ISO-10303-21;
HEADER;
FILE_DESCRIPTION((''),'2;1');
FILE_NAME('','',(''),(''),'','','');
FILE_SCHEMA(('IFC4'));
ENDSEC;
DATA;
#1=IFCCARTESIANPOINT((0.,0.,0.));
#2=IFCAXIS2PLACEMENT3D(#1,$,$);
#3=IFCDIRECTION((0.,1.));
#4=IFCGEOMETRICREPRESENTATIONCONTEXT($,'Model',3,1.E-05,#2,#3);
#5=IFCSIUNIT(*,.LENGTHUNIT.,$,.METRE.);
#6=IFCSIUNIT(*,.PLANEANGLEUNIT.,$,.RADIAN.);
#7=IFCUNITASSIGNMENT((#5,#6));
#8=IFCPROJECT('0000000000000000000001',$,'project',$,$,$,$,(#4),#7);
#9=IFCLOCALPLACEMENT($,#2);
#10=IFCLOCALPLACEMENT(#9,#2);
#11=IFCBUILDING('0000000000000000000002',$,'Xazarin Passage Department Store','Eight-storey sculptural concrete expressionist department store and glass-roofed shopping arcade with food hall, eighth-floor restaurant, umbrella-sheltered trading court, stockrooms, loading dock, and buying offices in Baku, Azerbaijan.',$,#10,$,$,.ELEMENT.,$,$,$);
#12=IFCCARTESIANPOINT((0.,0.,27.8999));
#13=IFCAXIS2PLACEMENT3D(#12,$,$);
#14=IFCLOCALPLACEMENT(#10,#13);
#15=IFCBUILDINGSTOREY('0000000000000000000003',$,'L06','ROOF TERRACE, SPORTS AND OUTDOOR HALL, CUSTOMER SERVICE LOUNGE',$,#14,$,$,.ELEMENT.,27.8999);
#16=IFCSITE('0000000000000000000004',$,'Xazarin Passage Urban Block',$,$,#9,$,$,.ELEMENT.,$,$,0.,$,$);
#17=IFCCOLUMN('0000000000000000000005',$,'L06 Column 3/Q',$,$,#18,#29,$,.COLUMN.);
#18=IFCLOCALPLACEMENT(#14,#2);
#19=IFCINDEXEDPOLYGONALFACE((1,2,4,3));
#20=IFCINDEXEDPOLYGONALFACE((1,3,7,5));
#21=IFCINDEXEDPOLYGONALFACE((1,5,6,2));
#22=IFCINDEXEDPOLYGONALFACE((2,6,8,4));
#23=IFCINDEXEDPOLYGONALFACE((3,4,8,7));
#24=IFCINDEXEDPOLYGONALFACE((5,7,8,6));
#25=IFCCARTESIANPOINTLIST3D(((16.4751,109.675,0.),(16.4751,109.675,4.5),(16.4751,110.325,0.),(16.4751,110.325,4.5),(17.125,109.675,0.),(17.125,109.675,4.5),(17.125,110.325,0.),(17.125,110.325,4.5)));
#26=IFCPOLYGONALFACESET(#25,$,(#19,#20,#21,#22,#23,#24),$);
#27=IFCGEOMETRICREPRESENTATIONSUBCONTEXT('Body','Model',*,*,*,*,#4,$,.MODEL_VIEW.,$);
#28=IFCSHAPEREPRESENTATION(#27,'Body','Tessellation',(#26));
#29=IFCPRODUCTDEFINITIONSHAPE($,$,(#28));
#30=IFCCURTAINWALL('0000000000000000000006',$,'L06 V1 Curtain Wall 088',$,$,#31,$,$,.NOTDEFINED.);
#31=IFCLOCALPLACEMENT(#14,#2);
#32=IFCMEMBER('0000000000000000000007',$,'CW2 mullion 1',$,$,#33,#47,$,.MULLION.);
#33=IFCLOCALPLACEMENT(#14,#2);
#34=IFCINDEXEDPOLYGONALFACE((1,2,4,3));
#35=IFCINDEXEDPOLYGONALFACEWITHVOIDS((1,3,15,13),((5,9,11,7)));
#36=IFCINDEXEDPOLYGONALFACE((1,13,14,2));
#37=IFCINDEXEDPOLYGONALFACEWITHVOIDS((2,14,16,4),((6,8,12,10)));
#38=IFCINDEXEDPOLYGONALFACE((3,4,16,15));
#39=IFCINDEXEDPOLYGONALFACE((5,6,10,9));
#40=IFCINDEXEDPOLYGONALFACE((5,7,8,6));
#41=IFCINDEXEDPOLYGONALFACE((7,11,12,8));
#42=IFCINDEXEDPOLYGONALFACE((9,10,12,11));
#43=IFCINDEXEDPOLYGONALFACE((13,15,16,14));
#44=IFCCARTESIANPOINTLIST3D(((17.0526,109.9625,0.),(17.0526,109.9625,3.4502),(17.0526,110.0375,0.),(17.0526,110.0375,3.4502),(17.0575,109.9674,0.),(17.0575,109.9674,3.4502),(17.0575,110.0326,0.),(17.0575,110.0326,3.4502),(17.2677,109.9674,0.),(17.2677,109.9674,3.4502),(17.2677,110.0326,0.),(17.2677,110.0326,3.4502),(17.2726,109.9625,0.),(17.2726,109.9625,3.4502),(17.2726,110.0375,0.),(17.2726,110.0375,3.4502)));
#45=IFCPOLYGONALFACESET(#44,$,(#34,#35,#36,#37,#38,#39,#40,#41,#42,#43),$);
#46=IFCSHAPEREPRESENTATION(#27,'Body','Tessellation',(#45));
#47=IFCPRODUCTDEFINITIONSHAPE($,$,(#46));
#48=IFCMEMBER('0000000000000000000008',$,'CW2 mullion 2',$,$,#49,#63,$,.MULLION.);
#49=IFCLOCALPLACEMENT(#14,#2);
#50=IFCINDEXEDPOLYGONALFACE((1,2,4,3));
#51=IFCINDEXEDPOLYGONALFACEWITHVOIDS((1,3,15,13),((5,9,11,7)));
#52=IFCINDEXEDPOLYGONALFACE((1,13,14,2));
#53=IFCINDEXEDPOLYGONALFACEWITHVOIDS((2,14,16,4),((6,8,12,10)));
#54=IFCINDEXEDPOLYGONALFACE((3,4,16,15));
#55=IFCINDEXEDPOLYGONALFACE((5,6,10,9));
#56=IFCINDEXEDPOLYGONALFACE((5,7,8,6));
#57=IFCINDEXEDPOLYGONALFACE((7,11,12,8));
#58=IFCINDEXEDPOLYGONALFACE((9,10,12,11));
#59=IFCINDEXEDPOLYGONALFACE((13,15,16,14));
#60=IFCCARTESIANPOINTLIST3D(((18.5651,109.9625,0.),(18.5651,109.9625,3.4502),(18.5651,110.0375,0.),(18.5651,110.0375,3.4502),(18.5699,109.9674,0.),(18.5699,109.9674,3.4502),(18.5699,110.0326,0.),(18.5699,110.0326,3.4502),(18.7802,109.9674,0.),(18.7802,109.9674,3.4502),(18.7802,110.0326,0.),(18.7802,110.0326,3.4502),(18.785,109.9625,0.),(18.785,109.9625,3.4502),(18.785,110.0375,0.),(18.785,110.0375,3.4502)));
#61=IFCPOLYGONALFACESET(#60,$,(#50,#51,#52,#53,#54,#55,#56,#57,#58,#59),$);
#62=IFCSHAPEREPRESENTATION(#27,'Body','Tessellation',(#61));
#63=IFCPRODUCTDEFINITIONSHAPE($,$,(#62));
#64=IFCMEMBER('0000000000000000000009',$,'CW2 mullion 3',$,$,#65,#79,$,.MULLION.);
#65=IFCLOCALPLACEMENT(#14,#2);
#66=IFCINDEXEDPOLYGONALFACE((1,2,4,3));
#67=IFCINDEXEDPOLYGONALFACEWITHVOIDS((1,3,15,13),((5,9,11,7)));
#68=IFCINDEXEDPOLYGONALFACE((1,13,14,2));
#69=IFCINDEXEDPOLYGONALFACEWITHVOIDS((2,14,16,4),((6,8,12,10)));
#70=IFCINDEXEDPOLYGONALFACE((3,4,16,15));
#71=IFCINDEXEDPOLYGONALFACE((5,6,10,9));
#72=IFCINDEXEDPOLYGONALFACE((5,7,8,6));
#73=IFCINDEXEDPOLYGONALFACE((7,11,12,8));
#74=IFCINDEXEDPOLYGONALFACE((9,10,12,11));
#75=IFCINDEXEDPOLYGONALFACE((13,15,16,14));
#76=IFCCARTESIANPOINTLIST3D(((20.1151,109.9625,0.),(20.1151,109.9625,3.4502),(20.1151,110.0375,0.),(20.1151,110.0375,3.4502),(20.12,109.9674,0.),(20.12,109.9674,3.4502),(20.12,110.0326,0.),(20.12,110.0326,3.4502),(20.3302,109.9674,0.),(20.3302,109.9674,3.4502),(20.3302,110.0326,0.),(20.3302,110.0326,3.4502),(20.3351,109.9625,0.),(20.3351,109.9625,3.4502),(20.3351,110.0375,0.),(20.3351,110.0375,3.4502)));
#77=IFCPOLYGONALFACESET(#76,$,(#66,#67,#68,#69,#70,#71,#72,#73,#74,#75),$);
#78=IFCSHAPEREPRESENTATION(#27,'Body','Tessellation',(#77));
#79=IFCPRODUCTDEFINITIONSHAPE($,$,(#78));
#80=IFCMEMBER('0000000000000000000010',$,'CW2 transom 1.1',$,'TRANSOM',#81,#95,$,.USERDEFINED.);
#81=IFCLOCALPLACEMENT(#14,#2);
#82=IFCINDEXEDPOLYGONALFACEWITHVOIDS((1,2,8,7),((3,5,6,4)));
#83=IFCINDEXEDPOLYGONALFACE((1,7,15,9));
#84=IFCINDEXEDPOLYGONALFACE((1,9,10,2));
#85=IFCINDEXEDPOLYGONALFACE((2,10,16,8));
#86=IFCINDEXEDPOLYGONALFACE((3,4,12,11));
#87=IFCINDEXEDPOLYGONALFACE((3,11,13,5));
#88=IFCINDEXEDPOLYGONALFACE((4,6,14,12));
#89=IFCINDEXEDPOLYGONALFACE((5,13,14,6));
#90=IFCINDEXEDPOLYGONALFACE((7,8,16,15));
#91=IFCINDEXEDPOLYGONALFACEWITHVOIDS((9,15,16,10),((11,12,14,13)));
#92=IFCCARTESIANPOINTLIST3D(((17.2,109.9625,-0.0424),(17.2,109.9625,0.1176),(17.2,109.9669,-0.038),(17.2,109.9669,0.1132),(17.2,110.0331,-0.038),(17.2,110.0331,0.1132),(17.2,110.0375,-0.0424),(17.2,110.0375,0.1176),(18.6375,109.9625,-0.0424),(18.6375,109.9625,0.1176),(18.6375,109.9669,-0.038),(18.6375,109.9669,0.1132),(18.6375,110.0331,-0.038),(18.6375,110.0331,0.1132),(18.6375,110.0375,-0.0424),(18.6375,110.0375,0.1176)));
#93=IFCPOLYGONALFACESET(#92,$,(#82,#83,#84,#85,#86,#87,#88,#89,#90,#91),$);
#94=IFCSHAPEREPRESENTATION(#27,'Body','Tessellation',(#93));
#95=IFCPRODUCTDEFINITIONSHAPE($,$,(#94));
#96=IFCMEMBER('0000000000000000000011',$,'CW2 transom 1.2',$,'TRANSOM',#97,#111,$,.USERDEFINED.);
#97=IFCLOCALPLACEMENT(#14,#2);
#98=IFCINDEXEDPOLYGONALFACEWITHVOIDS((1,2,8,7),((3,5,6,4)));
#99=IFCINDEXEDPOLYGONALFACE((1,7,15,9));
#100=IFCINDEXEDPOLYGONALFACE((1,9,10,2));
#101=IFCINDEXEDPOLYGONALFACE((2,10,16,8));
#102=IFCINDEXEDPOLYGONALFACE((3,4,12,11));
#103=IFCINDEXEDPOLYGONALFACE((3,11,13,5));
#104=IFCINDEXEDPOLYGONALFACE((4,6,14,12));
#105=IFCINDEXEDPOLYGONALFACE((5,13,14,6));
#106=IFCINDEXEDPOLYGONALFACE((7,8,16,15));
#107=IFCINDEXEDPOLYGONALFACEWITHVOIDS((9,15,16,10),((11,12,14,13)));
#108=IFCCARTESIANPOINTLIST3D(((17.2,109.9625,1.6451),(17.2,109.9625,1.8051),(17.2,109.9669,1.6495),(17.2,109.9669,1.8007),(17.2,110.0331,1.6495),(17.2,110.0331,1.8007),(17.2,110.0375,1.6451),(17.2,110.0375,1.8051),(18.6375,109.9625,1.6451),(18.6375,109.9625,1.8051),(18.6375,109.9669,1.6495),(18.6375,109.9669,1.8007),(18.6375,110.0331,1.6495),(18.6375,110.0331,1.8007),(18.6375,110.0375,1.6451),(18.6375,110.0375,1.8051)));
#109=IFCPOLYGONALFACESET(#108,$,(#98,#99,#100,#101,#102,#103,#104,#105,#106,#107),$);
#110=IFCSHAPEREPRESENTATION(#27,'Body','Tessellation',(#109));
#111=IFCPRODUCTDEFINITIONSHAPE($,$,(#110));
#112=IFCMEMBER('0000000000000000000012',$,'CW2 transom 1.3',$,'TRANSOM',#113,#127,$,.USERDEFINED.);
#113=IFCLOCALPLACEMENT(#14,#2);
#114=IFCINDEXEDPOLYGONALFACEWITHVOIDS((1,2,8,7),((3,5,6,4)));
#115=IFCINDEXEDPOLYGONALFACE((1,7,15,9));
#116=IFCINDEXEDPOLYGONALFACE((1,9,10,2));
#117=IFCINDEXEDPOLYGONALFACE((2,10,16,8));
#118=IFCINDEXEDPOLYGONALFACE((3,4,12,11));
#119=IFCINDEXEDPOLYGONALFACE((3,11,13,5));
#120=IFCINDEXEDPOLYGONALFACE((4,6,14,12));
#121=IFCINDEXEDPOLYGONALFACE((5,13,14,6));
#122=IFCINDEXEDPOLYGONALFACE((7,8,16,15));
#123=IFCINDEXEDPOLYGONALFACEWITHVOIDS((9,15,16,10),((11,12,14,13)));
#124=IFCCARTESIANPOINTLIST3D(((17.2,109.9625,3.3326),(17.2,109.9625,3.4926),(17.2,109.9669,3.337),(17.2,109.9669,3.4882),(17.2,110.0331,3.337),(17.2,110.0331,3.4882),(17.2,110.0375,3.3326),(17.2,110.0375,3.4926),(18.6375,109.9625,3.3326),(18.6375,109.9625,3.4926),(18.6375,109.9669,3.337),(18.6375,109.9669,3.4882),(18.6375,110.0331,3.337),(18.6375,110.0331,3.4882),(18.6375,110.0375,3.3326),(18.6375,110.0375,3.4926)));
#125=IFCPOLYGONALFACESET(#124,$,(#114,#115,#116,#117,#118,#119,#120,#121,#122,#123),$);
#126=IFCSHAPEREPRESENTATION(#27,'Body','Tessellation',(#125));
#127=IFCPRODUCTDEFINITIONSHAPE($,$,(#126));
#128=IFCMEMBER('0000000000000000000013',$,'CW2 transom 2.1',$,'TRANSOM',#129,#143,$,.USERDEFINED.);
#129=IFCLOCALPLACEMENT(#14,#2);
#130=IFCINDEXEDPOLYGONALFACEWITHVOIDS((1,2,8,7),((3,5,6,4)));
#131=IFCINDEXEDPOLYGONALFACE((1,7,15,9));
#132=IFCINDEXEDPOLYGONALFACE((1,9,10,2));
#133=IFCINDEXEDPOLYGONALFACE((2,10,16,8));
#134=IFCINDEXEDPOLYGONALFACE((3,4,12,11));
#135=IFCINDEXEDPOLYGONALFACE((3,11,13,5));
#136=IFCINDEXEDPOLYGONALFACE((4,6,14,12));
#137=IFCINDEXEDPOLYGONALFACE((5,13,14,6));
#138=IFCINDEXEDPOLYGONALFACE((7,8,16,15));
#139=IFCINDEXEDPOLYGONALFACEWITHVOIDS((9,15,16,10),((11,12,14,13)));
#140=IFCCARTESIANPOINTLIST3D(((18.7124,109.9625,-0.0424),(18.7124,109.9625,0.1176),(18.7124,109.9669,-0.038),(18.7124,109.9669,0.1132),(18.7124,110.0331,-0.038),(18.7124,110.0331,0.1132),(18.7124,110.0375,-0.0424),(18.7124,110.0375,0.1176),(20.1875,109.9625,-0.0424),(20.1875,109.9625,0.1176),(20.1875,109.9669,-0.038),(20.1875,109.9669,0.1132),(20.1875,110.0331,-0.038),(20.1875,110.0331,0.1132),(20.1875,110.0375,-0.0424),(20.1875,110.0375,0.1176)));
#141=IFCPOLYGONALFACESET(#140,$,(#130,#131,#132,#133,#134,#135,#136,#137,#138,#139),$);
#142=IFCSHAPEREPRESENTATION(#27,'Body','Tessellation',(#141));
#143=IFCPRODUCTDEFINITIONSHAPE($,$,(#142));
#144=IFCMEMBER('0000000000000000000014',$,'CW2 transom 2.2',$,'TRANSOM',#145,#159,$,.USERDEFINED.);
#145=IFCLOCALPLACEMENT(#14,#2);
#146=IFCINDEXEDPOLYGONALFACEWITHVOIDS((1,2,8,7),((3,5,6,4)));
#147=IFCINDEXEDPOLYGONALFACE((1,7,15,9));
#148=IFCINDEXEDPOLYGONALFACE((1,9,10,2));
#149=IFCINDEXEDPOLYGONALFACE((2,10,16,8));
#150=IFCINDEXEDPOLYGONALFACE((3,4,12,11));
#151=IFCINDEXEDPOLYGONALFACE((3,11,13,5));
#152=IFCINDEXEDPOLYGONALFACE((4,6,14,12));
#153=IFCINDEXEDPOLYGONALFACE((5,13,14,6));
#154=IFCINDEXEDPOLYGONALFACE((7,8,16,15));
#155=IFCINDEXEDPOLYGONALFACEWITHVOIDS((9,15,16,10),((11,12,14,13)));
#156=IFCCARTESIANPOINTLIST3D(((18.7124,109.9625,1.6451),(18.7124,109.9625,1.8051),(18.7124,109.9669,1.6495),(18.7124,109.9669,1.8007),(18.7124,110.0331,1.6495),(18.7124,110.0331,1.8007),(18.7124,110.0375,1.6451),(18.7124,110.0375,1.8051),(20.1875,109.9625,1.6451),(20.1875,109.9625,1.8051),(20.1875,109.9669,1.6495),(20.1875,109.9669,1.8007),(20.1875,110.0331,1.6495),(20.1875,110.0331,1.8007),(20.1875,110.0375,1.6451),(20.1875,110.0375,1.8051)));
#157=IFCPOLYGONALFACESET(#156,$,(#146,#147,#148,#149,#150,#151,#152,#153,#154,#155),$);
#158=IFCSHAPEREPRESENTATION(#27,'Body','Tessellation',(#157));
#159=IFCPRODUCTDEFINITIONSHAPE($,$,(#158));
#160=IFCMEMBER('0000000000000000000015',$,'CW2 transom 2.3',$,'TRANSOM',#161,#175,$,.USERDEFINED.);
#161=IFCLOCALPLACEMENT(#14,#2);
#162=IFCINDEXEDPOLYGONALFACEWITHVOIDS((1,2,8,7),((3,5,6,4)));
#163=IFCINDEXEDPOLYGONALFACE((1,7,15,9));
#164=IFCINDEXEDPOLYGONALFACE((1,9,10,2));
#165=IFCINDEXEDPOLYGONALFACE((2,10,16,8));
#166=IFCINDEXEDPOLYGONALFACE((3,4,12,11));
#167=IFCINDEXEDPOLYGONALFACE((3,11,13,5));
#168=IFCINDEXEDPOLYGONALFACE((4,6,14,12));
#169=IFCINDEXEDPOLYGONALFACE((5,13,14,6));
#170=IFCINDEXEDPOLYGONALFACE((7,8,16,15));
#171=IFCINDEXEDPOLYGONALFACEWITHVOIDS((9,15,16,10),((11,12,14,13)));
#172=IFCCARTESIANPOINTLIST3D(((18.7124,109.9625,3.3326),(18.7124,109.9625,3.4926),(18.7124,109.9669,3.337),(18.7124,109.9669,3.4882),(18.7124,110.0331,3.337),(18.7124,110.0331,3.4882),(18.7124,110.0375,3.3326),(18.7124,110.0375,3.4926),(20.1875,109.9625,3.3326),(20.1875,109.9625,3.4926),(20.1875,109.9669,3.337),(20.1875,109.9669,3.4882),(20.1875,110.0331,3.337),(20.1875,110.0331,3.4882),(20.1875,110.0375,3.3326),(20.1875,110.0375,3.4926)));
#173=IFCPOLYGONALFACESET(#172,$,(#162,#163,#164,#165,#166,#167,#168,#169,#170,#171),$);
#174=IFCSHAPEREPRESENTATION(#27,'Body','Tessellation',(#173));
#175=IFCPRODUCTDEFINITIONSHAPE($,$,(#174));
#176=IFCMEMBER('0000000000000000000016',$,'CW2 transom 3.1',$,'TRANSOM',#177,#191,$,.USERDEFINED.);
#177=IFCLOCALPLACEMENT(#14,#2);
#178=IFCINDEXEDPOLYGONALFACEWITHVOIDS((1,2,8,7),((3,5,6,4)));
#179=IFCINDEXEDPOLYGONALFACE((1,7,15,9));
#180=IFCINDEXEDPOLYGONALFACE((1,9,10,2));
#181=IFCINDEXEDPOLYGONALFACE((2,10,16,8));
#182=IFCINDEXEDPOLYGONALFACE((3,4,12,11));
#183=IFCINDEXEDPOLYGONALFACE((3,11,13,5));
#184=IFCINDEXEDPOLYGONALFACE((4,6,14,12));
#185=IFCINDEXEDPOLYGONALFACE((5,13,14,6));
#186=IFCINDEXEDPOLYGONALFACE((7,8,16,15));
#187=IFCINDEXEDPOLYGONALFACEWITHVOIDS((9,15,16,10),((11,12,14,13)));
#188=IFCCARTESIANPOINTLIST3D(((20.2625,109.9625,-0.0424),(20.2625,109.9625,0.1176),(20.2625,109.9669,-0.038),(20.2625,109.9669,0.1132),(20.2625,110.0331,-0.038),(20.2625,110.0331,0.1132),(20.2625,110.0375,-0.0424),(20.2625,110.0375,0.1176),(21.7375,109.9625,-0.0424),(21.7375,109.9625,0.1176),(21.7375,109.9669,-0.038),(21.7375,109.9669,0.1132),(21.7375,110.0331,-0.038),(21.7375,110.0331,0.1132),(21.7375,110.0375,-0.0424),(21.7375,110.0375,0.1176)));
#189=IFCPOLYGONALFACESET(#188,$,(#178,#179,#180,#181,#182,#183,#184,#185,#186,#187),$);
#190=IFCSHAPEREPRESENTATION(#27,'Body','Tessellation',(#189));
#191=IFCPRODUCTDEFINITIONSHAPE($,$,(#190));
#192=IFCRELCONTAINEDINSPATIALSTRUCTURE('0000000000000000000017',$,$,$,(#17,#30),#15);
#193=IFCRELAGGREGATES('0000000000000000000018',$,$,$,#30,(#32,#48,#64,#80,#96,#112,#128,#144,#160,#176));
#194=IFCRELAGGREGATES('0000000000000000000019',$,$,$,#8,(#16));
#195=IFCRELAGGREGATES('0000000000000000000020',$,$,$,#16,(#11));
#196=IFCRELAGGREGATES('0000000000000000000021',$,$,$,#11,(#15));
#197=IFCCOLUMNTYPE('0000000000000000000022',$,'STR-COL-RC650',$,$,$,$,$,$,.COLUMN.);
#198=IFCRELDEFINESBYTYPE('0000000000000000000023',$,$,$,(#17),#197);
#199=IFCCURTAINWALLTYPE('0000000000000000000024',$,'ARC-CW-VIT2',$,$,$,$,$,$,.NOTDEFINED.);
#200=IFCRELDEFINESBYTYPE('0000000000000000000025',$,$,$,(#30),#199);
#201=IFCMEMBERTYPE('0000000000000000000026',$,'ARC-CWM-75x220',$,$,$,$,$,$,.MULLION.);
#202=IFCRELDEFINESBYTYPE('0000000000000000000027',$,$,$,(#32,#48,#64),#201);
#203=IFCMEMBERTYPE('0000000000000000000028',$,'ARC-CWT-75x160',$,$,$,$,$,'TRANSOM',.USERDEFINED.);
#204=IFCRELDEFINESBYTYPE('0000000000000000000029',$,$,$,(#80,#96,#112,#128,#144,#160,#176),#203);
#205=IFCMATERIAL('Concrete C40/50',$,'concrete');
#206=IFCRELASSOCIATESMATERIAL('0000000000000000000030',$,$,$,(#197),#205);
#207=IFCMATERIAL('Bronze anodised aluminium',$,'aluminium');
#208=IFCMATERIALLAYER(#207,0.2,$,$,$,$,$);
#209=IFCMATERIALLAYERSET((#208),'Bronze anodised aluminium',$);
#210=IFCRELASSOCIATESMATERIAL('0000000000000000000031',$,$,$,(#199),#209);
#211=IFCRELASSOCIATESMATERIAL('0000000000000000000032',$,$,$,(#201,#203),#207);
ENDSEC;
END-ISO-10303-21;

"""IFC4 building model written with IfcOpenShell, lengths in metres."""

from ifc_helpers import new_model, si_unit, direction, frame, origin, origin_2d, place, context, subcontext, project, spatial, rectangle, hollow_rectangle, extrude, material, layer, layer_set, material_profile, profile_set, type_object, element, aggregate, save


model = new_model("IFC4")

# Units and contexts
model_context = context("Model", 3, precision=1e-05, world=origin(), true_north=direction((0.0, 1.0)))
body_context = subcontext(model_context, "Body", "Model", "MODEL_VIEW")
ifc_project = project(units=[si_unit("LENGTHUNIT", "METRE"), si_unit("PLANEANGLEUNIT", "RADIAN")], contexts=[model_context])

# Site, building, storey
site_placement = place(None, origin())
site = spatial("IfcSite", under=ifc_project, at=site_placement, Name="Xazarin Passage Urban Block", CompositionType="ELEMENT", RefElevation=0.0)
building_placement = place(site_placement, origin())
building = spatial("IfcBuilding", under=site, at=building_placement, Name="Xazarin Passage Department Store", Description="Eight-storey sculptural concrete expressionist department store and glass-roofed shopping arcade with food hall, eighth-floor restaurant, umbrella-sheltered trading court, stockrooms, loading dock, and buying offices in Baku, Azerbaijan.", CompositionType="ELEMENT")
storey_placement = place(building_placement, frame((0.0, 0.0, 27.8999)))
storey = spatial("IfcBuildingStorey", under=building, at=storey_placement, Name="L06", Description="ROOF TERRACE, SPORTS AND OUTDOOR HALL, CUSTOMER SERVICE LOUNGE", CompositionType="ELEMENT", Elevation=27.8999)

# Column
ifc_material_1 = material(Name="Concrete C40/50", Category="concrete")
ifc_material_profile_1 = material_profile(ifc_material_1, rectangle(XDim=0.6499, YDim=0.6499, at=origin_2d()), Name="RC 650x650")
ifc_profile_set_1 = profile_set([ifc_material_profile_1], Name="Concrete C40/50")
column_type = type_object("IfcColumnType", Name="STR-COL-RC650", PredefinedType="COLUMN", material=ifc_profile_set_1)
column_placement = place(storey_placement, frame((16.8, 110.0, 0.0), z_axis=(0.0, 0.0, 1.0), x_axis=(1.0, 0.0, 0.0)))
element("IfcColumn", 1, at=column_placement, inside=storey, type_object=column_type, Name="L06 Column 3/Q", PredefinedType="COLUMN", context=body_context, shape_type="SweptSolid", body=[
    extrude(rectangle(XDim=0.6499, YDim=0.6499, at=origin_2d()), origin(), (0.0, 0.0, 1.0), 4.5),
])

# Curtain wall, members
ifc_material_2 = material(Name="Bronze anodised aluminium", Category="aluminium")
ifc_layer_1 = layer(ifc_material_2, 0.2)
ifc_layer_set_1 = layer_set([ifc_layer_1], Name="Bronze anodised aluminium")
curtain_wall_type = type_object("IfcCurtainWallType", Name="ARC-CW-VIT2", PredefinedType="NOTDEFINED", material=ifc_layer_set_1)
curtain_wall_placement = place(storey_placement, origin())
curtain_wall = element("IfcCurtainWall", 2, at=curtain_wall_placement, inside=storey, type_object=curtain_wall_type, Name="L06 V1 Curtain Wall 088", PredefinedType="NOTDEFINED")
ifc_material_profile_2 = material_profile(ifc_material_2, hollow_rectangle(XDim=0.075, YDim=0.22, WallThickness=0.0049, at=origin_2d()), Name="ALU 75x220")
ifc_profile_set_2 = profile_set([ifc_material_profile_2], Name="Bronze anodised aluminium")
member_type_1 = type_object("IfcMemberType", Name="ARC-CWM-75x220", PredefinedType="MULLION", material=ifc_profile_set_2)
member_1_placement = place(storey_placement, frame((17.1626, 110.0, 0.0), z_axis=(0.0, 0.0, 1.0), x_axis=(0.0, 1.0, 0.0)))
member_1 = element("IfcMember", 3, at=member_1_placement, type_object=member_type_1, Name="CW2 mullion 1", PredefinedType="MULLION", context=body_context, shape_type="SweptSolid", body=[
    extrude(hollow_rectangle(XDim=0.075, YDim=0.22, WallThickness=0.0049, at=origin_2d()), origin(), (0.0, 0.0, 1.0), 3.4502),
])
member_2_placement = place(storey_placement, frame((18.675, 110.0, 0.0), z_axis=(0.0, 0.0, 1.0), x_axis=(0.0, 1.0, 0.0)))
member_2 = element("IfcMember", 4, at=member_2_placement, type_object=member_type_1, Name="CW2 mullion 2", PredefinedType="MULLION", context=body_context, shape_type="SweptSolid", body=[
    extrude(hollow_rectangle(XDim=0.075, YDim=0.22, WallThickness=0.0049, at=origin_2d()), origin(), (0.0, 0.0, 1.0), 3.4502),
])
member_3_placement = place(storey_placement, frame((20.2251, 110.0, 0.0), z_axis=(0.0, 0.0, 1.0), x_axis=(0.0, 1.0, 0.0)))
member_3 = element("IfcMember", 5, at=member_3_placement, type_object=member_type_1, Name="CW2 mullion 3", PredefinedType="MULLION", context=body_context, shape_type="SweptSolid", body=[
    extrude(hollow_rectangle(XDim=0.075, YDim=0.22, WallThickness=0.0049, at=origin_2d()), origin(), (0.0, 0.0, 1.0), 3.4502),
])
ifc_material_profile_3 = material_profile(ifc_material_2, hollow_rectangle(XDim=0.075, YDim=0.1599, WallThickness=0.0044, at=origin_2d()), Name="ALU 75x160")
ifc_profile_set_3 = profile_set([ifc_material_profile_3], Name="Bronze anodised aluminium")
member_type_2 = type_object("IfcMemberType", Name="ARC-CWT-75x160", ElementType="TRANSOM", PredefinedType="USERDEFINED", material=ifc_profile_set_3)
member_4_placement = place(storey_placement, frame((17.2, 110.0, 0.0376), z_axis=(1.0, 0.0, 0.0), x_axis=(0.0, 1.0, 0.0)))
member_4 = element("IfcMember", 6, at=member_4_placement, type_object=member_type_2, Name="CW2 transom 1.1", ObjectType="TRANSOM", PredefinedType="USERDEFINED", context=body_context, shape_type="SweptSolid", body=[
    extrude(hollow_rectangle(XDim=0.075, YDim=0.1599, WallThickness=0.0044, at=origin_2d()), origin(), (0.0, 0.0, 1.0), 1.4375),
])
member_5_placement = place(storey_placement, frame((17.2, 110.0, 1.7251), z_axis=(1.0, 0.0, 0.0), x_axis=(0.0, 1.0, 0.0)))
member_5 = element("IfcMember", 7, at=member_5_placement, type_object=member_type_2, Name="CW2 transom 1.2", ObjectType="TRANSOM", PredefinedType="USERDEFINED", context=body_context, shape_type="SweptSolid", body=[
    extrude(hollow_rectangle(XDim=0.075, YDim=0.1599, WallThickness=0.0044, at=origin_2d()), origin(), (0.0, 0.0, 1.0), 1.4375),
])
member_6_placement = place(storey_placement, frame((17.2, 110.0, 3.4126), z_axis=(1.0, 0.0, 0.0), x_axis=(0.0, 1.0, 0.0)))
member_6 = element("IfcMember", 8, at=member_6_placement, type_object=member_type_2, Name="CW2 transom 1.3", ObjectType="TRANSOM", PredefinedType="USERDEFINED", context=body_context, shape_type="SweptSolid", body=[
    extrude(hollow_rectangle(XDim=0.075, YDim=0.1599, WallThickness=0.0044, at=origin_2d()), origin(), (0.0, 0.0, 1.0), 1.4375),
])
member_7_placement = place(storey_placement, frame((18.7124, 110.0, 0.0376), z_axis=(1.0, 0.0, 0.0), x_axis=(0.0, 1.0, 0.0)))
member_7 = element("IfcMember", 9, at=member_7_placement, type_object=member_type_2, Name="CW2 transom 2.1", ObjectType="TRANSOM", PredefinedType="USERDEFINED", context=body_context, shape_type="SweptSolid", body=[
    extrude(hollow_rectangle(XDim=0.075, YDim=0.1599, WallThickness=0.0044, at=origin_2d()), origin(), (0.0, 0.0, 1.0), 1.4751),
])
member_8_placement = place(storey_placement, frame((18.7124, 110.0, 1.7251), z_axis=(1.0, 0.0, 0.0), x_axis=(0.0, 1.0, 0.0)))
member_8 = element("IfcMember", 10, at=member_8_placement, type_object=member_type_2, Name="CW2 transom 2.2", ObjectType="TRANSOM", PredefinedType="USERDEFINED", context=body_context, shape_type="SweptSolid", body=[
    extrude(hollow_rectangle(XDim=0.075, YDim=0.1599, WallThickness=0.0044, at=origin_2d()), origin(), (0.0, 0.0, 1.0), 1.4751),
])
member_9_placement = place(storey_placement, frame((18.7124, 110.0, 3.4126), z_axis=(1.0, 0.0, 0.0), x_axis=(0.0, 1.0, 0.0)))
member_9 = element("IfcMember", 11, at=member_9_placement, type_object=member_type_2, Name="CW2 transom 2.3", ObjectType="TRANSOM", PredefinedType="USERDEFINED", context=body_context, shape_type="SweptSolid", body=[
    extrude(hollow_rectangle(XDim=0.075, YDim=0.1599, WallThickness=0.0044, at=origin_2d()), origin(), (0.0, 0.0, 1.0), 1.4751),
])
member_10_placement = place(storey_placement, frame((20.2625, 110.0, 0.0376), z_axis=(1.0, 0.0, 0.0), x_axis=(0.0, 1.0, 0.0)))
member_10 = element("IfcMember", 12, at=member_10_placement, type_object=member_type_2, Name="CW2 transom 3.1", ObjectType="TRANSOM", PredefinedType="USERDEFINED", context=body_context, shape_type="SweptSolid", body=[
    extrude(hollow_rectangle(XDim=0.075, YDim=0.1599, WallThickness=0.0044, at=origin_2d()), origin(), (0.0, 0.0, 1.0), 1.4751),
])

aggregate(curtain_wall, [member_1, member_2, member_3, member_4, member_5, member_6, member_7, member_8, member_9, member_10])

save(model, "model.ifc")
